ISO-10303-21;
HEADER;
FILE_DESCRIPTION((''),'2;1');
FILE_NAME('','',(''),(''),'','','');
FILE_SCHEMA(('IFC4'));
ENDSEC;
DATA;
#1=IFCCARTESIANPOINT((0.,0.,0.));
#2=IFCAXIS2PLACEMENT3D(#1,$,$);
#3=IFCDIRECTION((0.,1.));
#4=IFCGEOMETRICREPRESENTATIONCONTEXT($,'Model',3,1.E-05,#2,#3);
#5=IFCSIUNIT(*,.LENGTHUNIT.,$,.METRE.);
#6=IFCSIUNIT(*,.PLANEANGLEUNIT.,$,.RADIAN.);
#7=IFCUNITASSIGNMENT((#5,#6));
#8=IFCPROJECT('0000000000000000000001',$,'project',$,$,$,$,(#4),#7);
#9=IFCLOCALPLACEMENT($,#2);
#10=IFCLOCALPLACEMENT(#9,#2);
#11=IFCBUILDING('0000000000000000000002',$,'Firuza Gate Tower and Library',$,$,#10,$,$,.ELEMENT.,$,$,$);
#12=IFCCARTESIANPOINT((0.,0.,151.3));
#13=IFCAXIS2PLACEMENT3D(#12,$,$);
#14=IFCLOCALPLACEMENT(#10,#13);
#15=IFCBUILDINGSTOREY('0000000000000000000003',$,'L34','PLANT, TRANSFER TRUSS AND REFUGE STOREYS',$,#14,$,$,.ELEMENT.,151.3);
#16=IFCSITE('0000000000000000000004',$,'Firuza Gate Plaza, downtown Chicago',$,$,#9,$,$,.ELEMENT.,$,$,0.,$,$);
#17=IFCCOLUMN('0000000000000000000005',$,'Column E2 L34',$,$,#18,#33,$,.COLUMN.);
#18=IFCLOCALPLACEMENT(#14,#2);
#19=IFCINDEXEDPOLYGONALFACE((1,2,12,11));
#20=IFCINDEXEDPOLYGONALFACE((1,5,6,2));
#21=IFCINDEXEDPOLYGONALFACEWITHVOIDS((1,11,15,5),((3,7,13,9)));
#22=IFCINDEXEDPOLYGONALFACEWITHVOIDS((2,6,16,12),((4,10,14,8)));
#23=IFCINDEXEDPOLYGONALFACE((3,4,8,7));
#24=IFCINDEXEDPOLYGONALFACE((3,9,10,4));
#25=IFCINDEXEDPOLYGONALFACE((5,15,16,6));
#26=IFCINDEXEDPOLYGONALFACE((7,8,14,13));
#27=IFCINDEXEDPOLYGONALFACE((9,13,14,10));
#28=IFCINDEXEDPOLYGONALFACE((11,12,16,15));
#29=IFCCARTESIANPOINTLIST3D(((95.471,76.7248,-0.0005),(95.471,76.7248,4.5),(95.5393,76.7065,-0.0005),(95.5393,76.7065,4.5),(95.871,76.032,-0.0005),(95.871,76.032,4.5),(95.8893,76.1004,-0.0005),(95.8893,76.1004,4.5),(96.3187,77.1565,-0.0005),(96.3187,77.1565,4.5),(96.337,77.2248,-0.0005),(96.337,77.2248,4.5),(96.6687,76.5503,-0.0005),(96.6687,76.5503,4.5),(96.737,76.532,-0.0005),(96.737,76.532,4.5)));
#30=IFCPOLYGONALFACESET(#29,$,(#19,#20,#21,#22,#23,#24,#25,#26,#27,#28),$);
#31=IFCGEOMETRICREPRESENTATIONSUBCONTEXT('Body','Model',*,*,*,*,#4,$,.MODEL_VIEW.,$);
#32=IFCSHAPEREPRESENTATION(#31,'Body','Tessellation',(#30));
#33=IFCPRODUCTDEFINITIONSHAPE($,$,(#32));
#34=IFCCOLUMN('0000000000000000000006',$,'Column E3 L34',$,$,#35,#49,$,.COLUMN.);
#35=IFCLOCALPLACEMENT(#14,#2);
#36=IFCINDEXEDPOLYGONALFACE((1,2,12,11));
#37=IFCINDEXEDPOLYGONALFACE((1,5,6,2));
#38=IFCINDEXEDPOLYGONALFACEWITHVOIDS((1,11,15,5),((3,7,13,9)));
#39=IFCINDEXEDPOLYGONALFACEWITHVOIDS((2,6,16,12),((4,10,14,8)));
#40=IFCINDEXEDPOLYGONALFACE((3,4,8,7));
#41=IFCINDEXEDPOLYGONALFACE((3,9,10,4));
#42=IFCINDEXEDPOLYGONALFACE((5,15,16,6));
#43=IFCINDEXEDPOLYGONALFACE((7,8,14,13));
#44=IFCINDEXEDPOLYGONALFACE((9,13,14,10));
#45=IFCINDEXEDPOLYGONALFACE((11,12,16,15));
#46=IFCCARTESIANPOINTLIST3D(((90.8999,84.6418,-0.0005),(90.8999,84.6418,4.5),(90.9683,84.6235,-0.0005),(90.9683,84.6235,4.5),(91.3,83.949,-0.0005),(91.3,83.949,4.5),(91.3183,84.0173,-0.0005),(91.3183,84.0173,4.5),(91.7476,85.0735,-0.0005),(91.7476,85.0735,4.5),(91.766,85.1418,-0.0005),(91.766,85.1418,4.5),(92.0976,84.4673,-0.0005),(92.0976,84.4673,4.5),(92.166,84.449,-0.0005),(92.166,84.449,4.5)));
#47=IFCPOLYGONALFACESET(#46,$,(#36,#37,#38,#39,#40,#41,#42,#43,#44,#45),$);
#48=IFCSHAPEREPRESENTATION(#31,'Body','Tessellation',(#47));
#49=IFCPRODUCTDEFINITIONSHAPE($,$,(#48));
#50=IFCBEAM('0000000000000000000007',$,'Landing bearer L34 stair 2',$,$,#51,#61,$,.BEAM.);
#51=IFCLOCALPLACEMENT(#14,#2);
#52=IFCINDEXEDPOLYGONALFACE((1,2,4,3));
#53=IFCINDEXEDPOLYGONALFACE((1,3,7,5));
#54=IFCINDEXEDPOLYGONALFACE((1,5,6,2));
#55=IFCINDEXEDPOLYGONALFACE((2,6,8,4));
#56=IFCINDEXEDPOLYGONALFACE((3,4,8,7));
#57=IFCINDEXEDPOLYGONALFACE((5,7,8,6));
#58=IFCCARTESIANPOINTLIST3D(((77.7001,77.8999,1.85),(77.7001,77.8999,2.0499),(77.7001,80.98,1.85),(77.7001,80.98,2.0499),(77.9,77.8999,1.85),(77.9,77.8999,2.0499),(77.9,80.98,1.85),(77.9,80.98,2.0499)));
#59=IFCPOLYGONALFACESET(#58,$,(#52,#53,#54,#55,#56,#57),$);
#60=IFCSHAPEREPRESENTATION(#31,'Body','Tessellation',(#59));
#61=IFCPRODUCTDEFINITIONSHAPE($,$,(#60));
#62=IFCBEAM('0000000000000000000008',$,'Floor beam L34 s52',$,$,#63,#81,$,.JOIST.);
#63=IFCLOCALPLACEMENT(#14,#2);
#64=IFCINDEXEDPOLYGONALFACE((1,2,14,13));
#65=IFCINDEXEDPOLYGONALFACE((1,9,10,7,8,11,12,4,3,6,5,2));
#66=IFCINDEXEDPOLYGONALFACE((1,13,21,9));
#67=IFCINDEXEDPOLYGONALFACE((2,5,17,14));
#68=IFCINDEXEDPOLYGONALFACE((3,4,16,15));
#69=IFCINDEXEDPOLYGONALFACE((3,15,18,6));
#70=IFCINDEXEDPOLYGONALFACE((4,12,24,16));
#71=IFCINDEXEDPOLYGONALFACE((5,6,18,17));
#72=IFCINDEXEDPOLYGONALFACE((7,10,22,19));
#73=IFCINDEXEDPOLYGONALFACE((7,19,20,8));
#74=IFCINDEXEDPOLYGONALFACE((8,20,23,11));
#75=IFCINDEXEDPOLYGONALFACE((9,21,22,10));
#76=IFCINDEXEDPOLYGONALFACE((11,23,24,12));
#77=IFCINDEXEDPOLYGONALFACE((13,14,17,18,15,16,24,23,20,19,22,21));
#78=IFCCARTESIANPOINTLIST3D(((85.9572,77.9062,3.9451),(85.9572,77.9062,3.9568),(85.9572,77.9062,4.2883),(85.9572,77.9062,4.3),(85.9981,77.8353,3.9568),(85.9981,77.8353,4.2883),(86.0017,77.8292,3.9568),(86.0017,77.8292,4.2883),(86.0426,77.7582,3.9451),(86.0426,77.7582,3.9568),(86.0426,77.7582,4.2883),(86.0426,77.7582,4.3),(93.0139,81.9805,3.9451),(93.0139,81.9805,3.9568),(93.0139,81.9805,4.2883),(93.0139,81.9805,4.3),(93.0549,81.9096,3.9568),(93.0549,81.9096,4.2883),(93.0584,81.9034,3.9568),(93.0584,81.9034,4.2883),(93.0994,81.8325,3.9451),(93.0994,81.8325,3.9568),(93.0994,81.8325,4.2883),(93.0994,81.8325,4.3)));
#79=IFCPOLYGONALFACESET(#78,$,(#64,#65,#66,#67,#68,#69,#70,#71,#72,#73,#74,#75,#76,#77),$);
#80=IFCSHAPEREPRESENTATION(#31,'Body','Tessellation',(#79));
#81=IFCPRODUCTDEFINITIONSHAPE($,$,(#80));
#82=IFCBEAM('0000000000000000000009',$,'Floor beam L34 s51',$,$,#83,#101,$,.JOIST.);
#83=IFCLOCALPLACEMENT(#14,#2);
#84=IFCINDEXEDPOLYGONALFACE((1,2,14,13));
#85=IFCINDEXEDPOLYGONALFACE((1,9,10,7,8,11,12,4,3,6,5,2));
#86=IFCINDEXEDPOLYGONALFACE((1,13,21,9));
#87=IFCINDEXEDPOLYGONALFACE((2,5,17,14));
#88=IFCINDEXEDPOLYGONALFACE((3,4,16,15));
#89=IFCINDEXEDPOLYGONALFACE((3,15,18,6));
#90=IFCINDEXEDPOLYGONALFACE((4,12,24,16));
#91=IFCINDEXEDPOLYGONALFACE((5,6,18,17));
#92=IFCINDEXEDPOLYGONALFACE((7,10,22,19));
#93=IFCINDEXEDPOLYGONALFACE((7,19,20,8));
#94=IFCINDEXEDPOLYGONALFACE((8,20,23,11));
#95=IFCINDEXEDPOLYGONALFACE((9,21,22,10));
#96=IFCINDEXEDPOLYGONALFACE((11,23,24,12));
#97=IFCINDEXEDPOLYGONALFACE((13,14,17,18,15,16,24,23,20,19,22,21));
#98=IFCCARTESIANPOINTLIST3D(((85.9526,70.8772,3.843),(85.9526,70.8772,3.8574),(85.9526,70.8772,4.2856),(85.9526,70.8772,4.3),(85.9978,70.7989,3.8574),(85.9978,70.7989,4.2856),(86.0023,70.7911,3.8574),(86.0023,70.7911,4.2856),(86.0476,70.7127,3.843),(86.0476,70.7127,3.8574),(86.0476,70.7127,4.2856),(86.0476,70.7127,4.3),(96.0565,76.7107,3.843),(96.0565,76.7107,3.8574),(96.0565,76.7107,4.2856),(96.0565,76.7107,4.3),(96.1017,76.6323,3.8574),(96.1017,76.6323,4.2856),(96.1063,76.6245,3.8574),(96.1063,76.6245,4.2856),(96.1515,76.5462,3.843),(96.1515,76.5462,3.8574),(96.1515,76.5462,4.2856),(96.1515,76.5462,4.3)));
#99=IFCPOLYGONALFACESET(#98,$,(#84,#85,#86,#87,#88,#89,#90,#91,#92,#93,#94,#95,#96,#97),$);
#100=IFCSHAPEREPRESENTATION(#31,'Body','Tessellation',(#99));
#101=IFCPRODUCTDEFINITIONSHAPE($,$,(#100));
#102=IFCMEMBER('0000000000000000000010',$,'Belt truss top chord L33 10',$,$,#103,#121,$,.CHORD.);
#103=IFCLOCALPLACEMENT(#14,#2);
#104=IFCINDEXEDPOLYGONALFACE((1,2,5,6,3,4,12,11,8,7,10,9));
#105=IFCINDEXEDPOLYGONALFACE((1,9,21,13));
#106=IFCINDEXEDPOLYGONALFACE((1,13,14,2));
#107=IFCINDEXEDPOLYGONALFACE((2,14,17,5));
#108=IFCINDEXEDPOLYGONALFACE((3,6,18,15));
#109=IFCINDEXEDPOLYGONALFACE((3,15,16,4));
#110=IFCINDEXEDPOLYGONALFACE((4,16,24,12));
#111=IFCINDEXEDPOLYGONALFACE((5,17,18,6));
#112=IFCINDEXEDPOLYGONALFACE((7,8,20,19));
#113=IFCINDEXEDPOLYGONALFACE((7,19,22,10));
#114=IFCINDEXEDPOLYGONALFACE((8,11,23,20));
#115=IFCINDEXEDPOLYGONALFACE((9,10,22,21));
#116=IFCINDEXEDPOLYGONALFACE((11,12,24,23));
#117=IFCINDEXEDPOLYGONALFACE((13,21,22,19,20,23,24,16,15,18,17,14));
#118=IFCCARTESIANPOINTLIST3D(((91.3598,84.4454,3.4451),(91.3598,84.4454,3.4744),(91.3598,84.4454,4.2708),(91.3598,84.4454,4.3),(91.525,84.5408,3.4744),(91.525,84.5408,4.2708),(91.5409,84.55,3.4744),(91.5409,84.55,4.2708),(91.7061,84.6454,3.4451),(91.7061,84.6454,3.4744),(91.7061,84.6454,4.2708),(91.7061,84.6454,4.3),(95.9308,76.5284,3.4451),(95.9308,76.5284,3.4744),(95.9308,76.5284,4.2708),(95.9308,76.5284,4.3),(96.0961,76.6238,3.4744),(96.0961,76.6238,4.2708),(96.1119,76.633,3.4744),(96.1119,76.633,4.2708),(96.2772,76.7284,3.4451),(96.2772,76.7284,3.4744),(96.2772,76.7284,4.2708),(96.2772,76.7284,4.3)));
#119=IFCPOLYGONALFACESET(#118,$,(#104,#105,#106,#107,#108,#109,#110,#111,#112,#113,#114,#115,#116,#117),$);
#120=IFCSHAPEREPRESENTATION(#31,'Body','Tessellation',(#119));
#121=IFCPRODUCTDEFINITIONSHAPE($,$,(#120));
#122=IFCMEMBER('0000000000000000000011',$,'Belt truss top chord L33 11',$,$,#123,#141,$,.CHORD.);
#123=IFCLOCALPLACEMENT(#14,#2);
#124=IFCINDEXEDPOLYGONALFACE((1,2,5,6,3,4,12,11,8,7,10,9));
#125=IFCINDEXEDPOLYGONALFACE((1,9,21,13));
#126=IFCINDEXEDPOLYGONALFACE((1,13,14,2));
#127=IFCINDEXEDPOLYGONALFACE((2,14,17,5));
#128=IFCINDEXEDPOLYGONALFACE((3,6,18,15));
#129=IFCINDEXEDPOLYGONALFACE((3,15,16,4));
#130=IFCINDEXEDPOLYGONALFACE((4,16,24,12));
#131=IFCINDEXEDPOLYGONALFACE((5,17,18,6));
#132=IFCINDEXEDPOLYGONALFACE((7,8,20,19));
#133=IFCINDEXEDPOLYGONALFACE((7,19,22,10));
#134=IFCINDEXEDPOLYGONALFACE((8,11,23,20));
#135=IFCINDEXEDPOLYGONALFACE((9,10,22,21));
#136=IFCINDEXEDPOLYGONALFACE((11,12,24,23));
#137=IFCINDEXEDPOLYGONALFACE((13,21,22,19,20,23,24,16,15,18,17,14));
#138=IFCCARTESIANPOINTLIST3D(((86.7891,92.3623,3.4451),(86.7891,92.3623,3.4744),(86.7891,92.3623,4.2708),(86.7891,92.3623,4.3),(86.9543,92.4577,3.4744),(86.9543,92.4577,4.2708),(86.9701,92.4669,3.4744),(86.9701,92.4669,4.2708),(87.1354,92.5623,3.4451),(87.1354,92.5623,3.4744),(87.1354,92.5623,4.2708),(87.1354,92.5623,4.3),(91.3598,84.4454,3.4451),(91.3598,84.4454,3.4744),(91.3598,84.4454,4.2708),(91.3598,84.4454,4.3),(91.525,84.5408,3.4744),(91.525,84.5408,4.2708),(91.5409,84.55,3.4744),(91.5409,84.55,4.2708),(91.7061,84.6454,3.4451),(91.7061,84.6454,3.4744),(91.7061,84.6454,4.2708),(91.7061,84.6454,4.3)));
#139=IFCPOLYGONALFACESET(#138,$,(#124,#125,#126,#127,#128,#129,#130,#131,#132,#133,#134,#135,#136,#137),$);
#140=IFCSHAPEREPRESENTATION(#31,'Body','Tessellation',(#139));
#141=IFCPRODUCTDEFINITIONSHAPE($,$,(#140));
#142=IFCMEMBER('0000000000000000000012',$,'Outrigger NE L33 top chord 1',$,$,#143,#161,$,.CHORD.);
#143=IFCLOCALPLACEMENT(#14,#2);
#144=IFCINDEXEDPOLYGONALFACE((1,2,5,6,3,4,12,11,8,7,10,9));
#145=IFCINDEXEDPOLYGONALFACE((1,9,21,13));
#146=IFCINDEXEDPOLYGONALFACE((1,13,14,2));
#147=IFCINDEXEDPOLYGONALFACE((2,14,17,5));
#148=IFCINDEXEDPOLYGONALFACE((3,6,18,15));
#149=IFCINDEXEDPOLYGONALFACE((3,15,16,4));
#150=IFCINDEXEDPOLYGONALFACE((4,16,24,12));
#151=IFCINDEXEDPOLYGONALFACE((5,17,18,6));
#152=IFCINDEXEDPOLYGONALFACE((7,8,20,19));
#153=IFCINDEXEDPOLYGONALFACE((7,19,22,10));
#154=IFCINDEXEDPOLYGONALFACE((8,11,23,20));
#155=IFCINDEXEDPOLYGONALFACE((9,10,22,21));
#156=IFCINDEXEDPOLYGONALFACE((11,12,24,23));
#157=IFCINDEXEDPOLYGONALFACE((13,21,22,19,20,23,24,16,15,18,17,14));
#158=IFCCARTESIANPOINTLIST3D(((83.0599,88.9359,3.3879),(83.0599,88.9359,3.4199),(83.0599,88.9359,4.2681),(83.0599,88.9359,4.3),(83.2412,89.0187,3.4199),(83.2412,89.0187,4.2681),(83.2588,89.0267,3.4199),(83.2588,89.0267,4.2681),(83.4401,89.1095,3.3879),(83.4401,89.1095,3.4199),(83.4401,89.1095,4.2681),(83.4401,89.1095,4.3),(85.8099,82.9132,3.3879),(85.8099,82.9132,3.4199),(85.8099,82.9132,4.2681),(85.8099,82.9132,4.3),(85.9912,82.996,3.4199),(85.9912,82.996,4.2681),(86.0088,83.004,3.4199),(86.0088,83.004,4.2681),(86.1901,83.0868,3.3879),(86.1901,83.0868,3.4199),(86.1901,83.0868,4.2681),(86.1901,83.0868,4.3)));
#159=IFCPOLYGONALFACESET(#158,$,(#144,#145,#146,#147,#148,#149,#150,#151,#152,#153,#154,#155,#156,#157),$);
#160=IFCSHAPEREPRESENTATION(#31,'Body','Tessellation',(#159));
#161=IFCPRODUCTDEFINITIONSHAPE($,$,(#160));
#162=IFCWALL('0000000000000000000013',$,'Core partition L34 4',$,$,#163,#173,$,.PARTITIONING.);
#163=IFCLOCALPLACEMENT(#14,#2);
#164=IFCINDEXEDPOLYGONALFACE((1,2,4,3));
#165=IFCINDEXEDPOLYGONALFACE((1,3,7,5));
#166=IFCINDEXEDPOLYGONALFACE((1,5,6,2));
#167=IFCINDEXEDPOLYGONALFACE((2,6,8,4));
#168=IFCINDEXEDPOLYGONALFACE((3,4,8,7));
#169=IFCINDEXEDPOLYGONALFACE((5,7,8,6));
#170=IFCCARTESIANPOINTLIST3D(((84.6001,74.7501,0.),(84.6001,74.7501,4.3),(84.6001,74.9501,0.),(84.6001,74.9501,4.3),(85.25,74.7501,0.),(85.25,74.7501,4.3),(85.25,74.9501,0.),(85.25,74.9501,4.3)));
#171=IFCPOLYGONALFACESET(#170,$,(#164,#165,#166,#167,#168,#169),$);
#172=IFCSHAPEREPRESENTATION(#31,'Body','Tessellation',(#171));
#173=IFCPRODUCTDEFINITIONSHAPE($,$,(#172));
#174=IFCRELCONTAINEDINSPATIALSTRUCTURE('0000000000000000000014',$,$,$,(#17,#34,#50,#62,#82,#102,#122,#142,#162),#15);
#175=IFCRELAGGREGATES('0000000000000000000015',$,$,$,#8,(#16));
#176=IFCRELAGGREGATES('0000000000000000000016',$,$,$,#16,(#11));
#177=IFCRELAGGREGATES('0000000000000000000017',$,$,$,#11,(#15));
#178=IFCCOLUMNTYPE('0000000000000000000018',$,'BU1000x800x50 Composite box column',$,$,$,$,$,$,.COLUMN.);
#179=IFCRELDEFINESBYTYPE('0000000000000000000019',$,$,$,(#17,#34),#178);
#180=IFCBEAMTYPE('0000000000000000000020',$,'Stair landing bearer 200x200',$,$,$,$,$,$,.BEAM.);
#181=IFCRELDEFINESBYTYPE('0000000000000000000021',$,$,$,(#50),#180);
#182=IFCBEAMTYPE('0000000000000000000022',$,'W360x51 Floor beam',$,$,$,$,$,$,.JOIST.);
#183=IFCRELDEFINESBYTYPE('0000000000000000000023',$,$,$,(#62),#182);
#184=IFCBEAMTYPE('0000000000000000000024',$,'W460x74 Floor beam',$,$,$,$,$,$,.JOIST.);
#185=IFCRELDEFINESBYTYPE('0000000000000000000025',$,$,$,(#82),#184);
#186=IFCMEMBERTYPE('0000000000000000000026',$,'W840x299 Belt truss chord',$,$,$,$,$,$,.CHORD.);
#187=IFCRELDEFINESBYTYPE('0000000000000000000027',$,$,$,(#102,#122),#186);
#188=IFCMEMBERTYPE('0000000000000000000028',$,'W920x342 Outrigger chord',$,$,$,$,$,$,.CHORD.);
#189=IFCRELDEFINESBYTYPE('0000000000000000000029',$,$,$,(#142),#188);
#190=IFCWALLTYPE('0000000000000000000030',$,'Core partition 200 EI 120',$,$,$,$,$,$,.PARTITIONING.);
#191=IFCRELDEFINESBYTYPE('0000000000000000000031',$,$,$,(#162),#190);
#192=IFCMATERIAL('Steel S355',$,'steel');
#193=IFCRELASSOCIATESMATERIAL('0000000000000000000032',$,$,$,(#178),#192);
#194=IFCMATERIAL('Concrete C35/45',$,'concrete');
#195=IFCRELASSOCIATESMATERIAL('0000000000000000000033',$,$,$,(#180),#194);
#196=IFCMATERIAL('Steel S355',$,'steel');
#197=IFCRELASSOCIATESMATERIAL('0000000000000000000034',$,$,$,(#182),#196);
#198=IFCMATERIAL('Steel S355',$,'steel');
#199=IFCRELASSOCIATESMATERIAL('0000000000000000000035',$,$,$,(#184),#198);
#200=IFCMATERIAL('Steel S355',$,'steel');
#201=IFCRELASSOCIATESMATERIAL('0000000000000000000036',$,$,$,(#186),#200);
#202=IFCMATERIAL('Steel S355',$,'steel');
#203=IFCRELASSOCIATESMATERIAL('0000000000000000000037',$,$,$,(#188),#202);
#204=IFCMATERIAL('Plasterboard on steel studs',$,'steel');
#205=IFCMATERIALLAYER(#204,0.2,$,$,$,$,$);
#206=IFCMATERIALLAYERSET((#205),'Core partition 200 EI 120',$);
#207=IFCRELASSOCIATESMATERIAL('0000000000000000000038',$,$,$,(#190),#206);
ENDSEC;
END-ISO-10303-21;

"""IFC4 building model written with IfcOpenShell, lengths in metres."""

from ifc_helpers import new_model, si_unit, direction, frame, frame_2d, origin, origin_2d, place, context, subcontext, project, spatial, rectangle, hollow_rectangle, i_section, extrude, material, layer, layer_set, material_profile, profile_set, type_object, element, save


model = new_model("IFC4")

# Units and contexts
model_context = context("Model", 3, precision=1e-05, world=origin(), true_north=direction((0.0, 1.0)))
body_context = subcontext(model_context, "Body", "Model", "MODEL_VIEW")
ifc_project = project(units=[si_unit("LENGTHUNIT", "METRE"), si_unit("PLANEANGLEUNIT", "RADIAN")], contexts=[model_context])

# Site, building, storey
site_placement = place(None, origin())
site = spatial("IfcSite", under=ifc_project, at=site_placement, Name="Firuza Gate Plaza, downtown Chicago", CompositionType="ELEMENT", RefElevation=0.0)
building_placement = place(site_placement, origin())
building = spatial("IfcBuilding", under=site, at=building_placement, Name="Firuza Gate Tower and Library", CompositionType="ELEMENT")
storey_placement = place(building_placement, frame((0.0, 0.0, 151.3)))
storey = spatial("IfcBuildingStorey", under=building, at=storey_placement, Name="L34", Description="PLANT, TRANSFER TRUSS AND REFUGE STOREYS", CompositionType="ELEMENT", Elevation=151.3)

# Columns
ifc_material_1 = material(Name="Steel S355", Category="steel")
ifc_material_profile_1 = material_profile(ifc_material_1, hollow_rectangle(XDim=0.8, YDim=1.0, WallThickness=0.05, at=origin_2d()))
ifc_profile_set_1 = profile_set([ifc_material_profile_1], Name="Steel S355")
column_type = type_object("IfcColumnType", Name="BU1000x800x50 Composite box column", PredefinedType="COLUMN", material=ifc_profile_set_1)
for number, where, z_axis, x_axis, name in (
    (1, (96.104, 76.6284, -0.0005), (0.0, 0.0, 1.0), (-0.5, 0.866025, 0.0), "Column E2 L34"),
    (2, (91.533, 84.5454, -0.0005), (0.0, 0.0, 1.0), (-0.5, 0.866025, 0.0), "Column E3 L34"),
):
    element("IfcColumn", number, at=place(storey_placement, frame(where, z_axis=z_axis, x_axis=x_axis)), inside=storey, type_object=column_type, Name=name, PredefinedType="COLUMN", context=body_context, shape_type="SweptSolid", body=[
        extrude(hollow_rectangle(XDim=0.8, YDim=1.0, WallThickness=0.05, at=origin_2d()), origin(), (0.0, 0.0, 1.0), 4.5005),
    ])

# Beams
ifc_material_2 = material(Name="Concrete C35/45", Category="concrete")
ifc_material_profile_2 = material_profile(ifc_material_2, rectangle(XDim=0.2, YDim=0.2, at=origin_2d()))
ifc_profile_set_2 = profile_set([ifc_material_profile_2], Name="Concrete C35/45")
beam_type_1 = type_object("IfcBeamType", Name="Stair landing bearer 200x200", PredefinedType="BEAM", material=ifc_profile_set_2)
beam_1_placement = place(storey_placement, frame((77.8, 80.98, 1.95), z_axis=(0.0, -1.0, 0.0), x_axis=(1.0, 0.0, 0.0)))
element("IfcBeam", 3, at=beam_1_placement, inside=storey, type_object=beam_type_1, Name="Landing bearer L34 stair 2", PredefinedType="BEAM", context=body_context, shape_type="SweptSolid", body=[
    extrude(rectangle(XDim=0.2, YDim=0.2, at=origin_2d()), origin(), (0.0, 0.0, 1.0), 3.0801),
])
ifc_material_3 = material(Name="Steel S355", Category="steel")
ifc_material_profile_3 = material_profile(ifc_material_3, i_section(OverallWidth=0.1709, OverallDepth=0.355, WebThickness=0.0071, FlangeThickness=0.0117, at=origin_2d()))
ifc_profile_set_3 = profile_set([ifc_material_profile_3], Name="Steel S355")
beam_type_2 = type_object("IfcBeamType", Name="W360x51 Floor beam", PredefinedType="JOIST", material=ifc_profile_set_3)
beam_2_placement = place(storey_placement, frame((93.0566, 81.9065, 4.1226), z_axis=(-0.866022, -0.500006, 0.0), x_axis=(0.500006, -0.866022, 0.0)))
element("IfcBeam", 4, at=beam_2_placement, inside=storey, type_object=beam_type_2, Name="Floor beam L34 s52", PredefinedType="JOIST", context=body_context, shape_type="SweptSolid", body=[
    extrude(i_section(OverallWidth=0.1709, OverallDepth=0.355, WebThickness=0.0071, FlangeThickness=0.0117, at=origin_2d()), origin(), (0.0, 0.0, 1.0), 8.1484),
])
ifc_material_4 = material(Name="Steel S355", Category="steel")
ifc_material_profile_4 = material_profile(ifc_material_4, i_section(OverallWidth=0.1899, OverallDepth=0.457, WebThickness=0.009, FlangeThickness=0.0144, at=origin_2d()))
ifc_profile_set_4 = profile_set([ifc_material_profile_4], Name="Steel S355")
beam_type_3 = type_object("IfcBeamType", Name="W460x74 Floor beam", PredefinedType="JOIST", material=ifc_profile_set_4)
beam_3_placement = place(storey_placement, frame((96.104, 76.6284, 4.0715), z_axis=(-0.866027, -0.499997, 0.0), x_axis=(0.499997, -0.866027, 0.0)))
element("IfcBeam", 5, at=beam_3_placement, inside=storey, type_object=beam_type_3, Name="Floor beam L34 s51", PredefinedType="JOIST", context=body_context, shape_type="SweptSolid", body=[
    extrude(i_section(OverallWidth=0.1899, OverallDepth=0.457, WebThickness=0.009, FlangeThickness=0.0144, at=origin_2d()), origin(), (0.0, 0.0, 1.0), 11.667),
])

# Members
ifc_material_5 = material(Name="Steel S355", Category="steel")
ifc_material_profile_5 = material_profile(ifc_material_5, i_section(OverallWidth=0.3999, OverallDepth=0.855, WebThickness=0.0183, FlangeThickness=0.0293, at=origin_2d()))
ifc_profile_set_5 = profile_set([ifc_material_profile_5], Name="Steel S355")
member_type_1 = type_object("IfcMemberType", Name="W840x299 Belt truss chord", PredefinedType="CHORD", material=ifc_profile_set_5)
member_1_placement = place(storey_placement, frame((96.104, 76.6284, 3.8726), z_axis=(-0.500014, 0.866017, 0.0), x_axis=(-0.866017, -0.500014, 0.0)))
element("IfcMember", 6, at=member_1_placement, inside=storey, type_object=member_type_1, Name="Belt truss top chord L33 10", PredefinedType="CHORD", context=body_context, shape_type="SweptSolid", body=[
    extrude(i_section(OverallWidth=0.3999, OverallDepth=0.855, WebThickness=0.0183, FlangeThickness=0.0293, at=origin_2d()), origin(), (0.0, 0.0, 1.0), 9.1418),
])
member_2_placement = place(storey_placement, frame((91.533, 84.5454, 3.8726), z_axis=(-0.499994, 0.866029, 0.0), x_axis=(-0.866029, -0.499994, 0.0)))
element("IfcMember", 7, at=member_2_placement, inside=storey, type_object=member_type_1, Name="Belt truss top chord L33 11", PredefinedType="CHORD", context=body_context, shape_type="SweptSolid", body=[
    extrude(i_section(OverallWidth=0.3999, OverallDepth=0.855, WebThickness=0.0183, FlangeThickness=0.0293, at=origin_2d()), origin(), (0.0, 0.0, 1.0), 9.1416),
])
ifc_material_6 = material(Name="Steel S355", Category="steel")
ifc_material_profile_6 = material_profile(ifc_material_6, i_section(OverallWidth=0.418, OverallDepth=0.9121, WebThickness=0.0193, FlangeThickness=0.032, at=origin_2d()))
ifc_profile_set_6 = profile_set([ifc_material_profile_6], Name="Steel S355")
member_type_2 = type_object("IfcMemberType", Name="W920x342 Outrigger chord", PredefinedType="CHORD", material=ifc_profile_set_6)
member_3_placement = place(storey_placement, frame((86.0, 83.0, 3.844), z_axis=(-0.415355, 0.909659, 0.0), x_axis=(-0.909659, -0.415355, 0.0)))
element("IfcMember", 8, at=member_3_placement, inside=storey, type_object=member_type_2, Name="Outrigger NE L33 top chord 1", PredefinedType="CHORD", context=body_context, shape_type="SweptSolid", body=[
    extrude(i_section(OverallWidth=0.418, OverallDepth=0.9121, WebThickness=0.0193, FlangeThickness=0.032, at=origin_2d()), origin(), (0.0, 0.0, 1.0), 6.6208),
])

# Wall
ifc_material_7 = material(Name="Plasterboard on steel studs", Category="steel")
ifc_layer_1 = layer(ifc_material_7, 0.2)
ifc_layer_set_1 = layer_set([ifc_layer_1], Name="Core partition 200 EI 120")
wall_type_1 = type_object("IfcWallType", Name="Core partition 200 EI 120", PredefinedType="PARTITIONING", material=ifc_layer_set_1)
for number, where, z_axis, x_axis, name in (
    (9, (84.6001, 74.8501, 0.0), (0.0, 0.0, 1.0), (1.0, 0.0, 0.0), "Core partition L34 4"),
):
    element("IfcWall", number, at=place(storey_placement, frame(where, z_axis=z_axis, x_axis=x_axis)), inside=storey, type_object=wall_type_1, Name=name, PredefinedType="PARTITIONING", context=body_context, shape_type="SweptSolid", body=[
        extrude(rectangle(XDim=0.6499, YDim=0.2, at=frame_2d((0.325, 0.0))), origin(), (0.0, 0.0, 1.0), 4.3),
    ])

save(model, "model.ifc")
